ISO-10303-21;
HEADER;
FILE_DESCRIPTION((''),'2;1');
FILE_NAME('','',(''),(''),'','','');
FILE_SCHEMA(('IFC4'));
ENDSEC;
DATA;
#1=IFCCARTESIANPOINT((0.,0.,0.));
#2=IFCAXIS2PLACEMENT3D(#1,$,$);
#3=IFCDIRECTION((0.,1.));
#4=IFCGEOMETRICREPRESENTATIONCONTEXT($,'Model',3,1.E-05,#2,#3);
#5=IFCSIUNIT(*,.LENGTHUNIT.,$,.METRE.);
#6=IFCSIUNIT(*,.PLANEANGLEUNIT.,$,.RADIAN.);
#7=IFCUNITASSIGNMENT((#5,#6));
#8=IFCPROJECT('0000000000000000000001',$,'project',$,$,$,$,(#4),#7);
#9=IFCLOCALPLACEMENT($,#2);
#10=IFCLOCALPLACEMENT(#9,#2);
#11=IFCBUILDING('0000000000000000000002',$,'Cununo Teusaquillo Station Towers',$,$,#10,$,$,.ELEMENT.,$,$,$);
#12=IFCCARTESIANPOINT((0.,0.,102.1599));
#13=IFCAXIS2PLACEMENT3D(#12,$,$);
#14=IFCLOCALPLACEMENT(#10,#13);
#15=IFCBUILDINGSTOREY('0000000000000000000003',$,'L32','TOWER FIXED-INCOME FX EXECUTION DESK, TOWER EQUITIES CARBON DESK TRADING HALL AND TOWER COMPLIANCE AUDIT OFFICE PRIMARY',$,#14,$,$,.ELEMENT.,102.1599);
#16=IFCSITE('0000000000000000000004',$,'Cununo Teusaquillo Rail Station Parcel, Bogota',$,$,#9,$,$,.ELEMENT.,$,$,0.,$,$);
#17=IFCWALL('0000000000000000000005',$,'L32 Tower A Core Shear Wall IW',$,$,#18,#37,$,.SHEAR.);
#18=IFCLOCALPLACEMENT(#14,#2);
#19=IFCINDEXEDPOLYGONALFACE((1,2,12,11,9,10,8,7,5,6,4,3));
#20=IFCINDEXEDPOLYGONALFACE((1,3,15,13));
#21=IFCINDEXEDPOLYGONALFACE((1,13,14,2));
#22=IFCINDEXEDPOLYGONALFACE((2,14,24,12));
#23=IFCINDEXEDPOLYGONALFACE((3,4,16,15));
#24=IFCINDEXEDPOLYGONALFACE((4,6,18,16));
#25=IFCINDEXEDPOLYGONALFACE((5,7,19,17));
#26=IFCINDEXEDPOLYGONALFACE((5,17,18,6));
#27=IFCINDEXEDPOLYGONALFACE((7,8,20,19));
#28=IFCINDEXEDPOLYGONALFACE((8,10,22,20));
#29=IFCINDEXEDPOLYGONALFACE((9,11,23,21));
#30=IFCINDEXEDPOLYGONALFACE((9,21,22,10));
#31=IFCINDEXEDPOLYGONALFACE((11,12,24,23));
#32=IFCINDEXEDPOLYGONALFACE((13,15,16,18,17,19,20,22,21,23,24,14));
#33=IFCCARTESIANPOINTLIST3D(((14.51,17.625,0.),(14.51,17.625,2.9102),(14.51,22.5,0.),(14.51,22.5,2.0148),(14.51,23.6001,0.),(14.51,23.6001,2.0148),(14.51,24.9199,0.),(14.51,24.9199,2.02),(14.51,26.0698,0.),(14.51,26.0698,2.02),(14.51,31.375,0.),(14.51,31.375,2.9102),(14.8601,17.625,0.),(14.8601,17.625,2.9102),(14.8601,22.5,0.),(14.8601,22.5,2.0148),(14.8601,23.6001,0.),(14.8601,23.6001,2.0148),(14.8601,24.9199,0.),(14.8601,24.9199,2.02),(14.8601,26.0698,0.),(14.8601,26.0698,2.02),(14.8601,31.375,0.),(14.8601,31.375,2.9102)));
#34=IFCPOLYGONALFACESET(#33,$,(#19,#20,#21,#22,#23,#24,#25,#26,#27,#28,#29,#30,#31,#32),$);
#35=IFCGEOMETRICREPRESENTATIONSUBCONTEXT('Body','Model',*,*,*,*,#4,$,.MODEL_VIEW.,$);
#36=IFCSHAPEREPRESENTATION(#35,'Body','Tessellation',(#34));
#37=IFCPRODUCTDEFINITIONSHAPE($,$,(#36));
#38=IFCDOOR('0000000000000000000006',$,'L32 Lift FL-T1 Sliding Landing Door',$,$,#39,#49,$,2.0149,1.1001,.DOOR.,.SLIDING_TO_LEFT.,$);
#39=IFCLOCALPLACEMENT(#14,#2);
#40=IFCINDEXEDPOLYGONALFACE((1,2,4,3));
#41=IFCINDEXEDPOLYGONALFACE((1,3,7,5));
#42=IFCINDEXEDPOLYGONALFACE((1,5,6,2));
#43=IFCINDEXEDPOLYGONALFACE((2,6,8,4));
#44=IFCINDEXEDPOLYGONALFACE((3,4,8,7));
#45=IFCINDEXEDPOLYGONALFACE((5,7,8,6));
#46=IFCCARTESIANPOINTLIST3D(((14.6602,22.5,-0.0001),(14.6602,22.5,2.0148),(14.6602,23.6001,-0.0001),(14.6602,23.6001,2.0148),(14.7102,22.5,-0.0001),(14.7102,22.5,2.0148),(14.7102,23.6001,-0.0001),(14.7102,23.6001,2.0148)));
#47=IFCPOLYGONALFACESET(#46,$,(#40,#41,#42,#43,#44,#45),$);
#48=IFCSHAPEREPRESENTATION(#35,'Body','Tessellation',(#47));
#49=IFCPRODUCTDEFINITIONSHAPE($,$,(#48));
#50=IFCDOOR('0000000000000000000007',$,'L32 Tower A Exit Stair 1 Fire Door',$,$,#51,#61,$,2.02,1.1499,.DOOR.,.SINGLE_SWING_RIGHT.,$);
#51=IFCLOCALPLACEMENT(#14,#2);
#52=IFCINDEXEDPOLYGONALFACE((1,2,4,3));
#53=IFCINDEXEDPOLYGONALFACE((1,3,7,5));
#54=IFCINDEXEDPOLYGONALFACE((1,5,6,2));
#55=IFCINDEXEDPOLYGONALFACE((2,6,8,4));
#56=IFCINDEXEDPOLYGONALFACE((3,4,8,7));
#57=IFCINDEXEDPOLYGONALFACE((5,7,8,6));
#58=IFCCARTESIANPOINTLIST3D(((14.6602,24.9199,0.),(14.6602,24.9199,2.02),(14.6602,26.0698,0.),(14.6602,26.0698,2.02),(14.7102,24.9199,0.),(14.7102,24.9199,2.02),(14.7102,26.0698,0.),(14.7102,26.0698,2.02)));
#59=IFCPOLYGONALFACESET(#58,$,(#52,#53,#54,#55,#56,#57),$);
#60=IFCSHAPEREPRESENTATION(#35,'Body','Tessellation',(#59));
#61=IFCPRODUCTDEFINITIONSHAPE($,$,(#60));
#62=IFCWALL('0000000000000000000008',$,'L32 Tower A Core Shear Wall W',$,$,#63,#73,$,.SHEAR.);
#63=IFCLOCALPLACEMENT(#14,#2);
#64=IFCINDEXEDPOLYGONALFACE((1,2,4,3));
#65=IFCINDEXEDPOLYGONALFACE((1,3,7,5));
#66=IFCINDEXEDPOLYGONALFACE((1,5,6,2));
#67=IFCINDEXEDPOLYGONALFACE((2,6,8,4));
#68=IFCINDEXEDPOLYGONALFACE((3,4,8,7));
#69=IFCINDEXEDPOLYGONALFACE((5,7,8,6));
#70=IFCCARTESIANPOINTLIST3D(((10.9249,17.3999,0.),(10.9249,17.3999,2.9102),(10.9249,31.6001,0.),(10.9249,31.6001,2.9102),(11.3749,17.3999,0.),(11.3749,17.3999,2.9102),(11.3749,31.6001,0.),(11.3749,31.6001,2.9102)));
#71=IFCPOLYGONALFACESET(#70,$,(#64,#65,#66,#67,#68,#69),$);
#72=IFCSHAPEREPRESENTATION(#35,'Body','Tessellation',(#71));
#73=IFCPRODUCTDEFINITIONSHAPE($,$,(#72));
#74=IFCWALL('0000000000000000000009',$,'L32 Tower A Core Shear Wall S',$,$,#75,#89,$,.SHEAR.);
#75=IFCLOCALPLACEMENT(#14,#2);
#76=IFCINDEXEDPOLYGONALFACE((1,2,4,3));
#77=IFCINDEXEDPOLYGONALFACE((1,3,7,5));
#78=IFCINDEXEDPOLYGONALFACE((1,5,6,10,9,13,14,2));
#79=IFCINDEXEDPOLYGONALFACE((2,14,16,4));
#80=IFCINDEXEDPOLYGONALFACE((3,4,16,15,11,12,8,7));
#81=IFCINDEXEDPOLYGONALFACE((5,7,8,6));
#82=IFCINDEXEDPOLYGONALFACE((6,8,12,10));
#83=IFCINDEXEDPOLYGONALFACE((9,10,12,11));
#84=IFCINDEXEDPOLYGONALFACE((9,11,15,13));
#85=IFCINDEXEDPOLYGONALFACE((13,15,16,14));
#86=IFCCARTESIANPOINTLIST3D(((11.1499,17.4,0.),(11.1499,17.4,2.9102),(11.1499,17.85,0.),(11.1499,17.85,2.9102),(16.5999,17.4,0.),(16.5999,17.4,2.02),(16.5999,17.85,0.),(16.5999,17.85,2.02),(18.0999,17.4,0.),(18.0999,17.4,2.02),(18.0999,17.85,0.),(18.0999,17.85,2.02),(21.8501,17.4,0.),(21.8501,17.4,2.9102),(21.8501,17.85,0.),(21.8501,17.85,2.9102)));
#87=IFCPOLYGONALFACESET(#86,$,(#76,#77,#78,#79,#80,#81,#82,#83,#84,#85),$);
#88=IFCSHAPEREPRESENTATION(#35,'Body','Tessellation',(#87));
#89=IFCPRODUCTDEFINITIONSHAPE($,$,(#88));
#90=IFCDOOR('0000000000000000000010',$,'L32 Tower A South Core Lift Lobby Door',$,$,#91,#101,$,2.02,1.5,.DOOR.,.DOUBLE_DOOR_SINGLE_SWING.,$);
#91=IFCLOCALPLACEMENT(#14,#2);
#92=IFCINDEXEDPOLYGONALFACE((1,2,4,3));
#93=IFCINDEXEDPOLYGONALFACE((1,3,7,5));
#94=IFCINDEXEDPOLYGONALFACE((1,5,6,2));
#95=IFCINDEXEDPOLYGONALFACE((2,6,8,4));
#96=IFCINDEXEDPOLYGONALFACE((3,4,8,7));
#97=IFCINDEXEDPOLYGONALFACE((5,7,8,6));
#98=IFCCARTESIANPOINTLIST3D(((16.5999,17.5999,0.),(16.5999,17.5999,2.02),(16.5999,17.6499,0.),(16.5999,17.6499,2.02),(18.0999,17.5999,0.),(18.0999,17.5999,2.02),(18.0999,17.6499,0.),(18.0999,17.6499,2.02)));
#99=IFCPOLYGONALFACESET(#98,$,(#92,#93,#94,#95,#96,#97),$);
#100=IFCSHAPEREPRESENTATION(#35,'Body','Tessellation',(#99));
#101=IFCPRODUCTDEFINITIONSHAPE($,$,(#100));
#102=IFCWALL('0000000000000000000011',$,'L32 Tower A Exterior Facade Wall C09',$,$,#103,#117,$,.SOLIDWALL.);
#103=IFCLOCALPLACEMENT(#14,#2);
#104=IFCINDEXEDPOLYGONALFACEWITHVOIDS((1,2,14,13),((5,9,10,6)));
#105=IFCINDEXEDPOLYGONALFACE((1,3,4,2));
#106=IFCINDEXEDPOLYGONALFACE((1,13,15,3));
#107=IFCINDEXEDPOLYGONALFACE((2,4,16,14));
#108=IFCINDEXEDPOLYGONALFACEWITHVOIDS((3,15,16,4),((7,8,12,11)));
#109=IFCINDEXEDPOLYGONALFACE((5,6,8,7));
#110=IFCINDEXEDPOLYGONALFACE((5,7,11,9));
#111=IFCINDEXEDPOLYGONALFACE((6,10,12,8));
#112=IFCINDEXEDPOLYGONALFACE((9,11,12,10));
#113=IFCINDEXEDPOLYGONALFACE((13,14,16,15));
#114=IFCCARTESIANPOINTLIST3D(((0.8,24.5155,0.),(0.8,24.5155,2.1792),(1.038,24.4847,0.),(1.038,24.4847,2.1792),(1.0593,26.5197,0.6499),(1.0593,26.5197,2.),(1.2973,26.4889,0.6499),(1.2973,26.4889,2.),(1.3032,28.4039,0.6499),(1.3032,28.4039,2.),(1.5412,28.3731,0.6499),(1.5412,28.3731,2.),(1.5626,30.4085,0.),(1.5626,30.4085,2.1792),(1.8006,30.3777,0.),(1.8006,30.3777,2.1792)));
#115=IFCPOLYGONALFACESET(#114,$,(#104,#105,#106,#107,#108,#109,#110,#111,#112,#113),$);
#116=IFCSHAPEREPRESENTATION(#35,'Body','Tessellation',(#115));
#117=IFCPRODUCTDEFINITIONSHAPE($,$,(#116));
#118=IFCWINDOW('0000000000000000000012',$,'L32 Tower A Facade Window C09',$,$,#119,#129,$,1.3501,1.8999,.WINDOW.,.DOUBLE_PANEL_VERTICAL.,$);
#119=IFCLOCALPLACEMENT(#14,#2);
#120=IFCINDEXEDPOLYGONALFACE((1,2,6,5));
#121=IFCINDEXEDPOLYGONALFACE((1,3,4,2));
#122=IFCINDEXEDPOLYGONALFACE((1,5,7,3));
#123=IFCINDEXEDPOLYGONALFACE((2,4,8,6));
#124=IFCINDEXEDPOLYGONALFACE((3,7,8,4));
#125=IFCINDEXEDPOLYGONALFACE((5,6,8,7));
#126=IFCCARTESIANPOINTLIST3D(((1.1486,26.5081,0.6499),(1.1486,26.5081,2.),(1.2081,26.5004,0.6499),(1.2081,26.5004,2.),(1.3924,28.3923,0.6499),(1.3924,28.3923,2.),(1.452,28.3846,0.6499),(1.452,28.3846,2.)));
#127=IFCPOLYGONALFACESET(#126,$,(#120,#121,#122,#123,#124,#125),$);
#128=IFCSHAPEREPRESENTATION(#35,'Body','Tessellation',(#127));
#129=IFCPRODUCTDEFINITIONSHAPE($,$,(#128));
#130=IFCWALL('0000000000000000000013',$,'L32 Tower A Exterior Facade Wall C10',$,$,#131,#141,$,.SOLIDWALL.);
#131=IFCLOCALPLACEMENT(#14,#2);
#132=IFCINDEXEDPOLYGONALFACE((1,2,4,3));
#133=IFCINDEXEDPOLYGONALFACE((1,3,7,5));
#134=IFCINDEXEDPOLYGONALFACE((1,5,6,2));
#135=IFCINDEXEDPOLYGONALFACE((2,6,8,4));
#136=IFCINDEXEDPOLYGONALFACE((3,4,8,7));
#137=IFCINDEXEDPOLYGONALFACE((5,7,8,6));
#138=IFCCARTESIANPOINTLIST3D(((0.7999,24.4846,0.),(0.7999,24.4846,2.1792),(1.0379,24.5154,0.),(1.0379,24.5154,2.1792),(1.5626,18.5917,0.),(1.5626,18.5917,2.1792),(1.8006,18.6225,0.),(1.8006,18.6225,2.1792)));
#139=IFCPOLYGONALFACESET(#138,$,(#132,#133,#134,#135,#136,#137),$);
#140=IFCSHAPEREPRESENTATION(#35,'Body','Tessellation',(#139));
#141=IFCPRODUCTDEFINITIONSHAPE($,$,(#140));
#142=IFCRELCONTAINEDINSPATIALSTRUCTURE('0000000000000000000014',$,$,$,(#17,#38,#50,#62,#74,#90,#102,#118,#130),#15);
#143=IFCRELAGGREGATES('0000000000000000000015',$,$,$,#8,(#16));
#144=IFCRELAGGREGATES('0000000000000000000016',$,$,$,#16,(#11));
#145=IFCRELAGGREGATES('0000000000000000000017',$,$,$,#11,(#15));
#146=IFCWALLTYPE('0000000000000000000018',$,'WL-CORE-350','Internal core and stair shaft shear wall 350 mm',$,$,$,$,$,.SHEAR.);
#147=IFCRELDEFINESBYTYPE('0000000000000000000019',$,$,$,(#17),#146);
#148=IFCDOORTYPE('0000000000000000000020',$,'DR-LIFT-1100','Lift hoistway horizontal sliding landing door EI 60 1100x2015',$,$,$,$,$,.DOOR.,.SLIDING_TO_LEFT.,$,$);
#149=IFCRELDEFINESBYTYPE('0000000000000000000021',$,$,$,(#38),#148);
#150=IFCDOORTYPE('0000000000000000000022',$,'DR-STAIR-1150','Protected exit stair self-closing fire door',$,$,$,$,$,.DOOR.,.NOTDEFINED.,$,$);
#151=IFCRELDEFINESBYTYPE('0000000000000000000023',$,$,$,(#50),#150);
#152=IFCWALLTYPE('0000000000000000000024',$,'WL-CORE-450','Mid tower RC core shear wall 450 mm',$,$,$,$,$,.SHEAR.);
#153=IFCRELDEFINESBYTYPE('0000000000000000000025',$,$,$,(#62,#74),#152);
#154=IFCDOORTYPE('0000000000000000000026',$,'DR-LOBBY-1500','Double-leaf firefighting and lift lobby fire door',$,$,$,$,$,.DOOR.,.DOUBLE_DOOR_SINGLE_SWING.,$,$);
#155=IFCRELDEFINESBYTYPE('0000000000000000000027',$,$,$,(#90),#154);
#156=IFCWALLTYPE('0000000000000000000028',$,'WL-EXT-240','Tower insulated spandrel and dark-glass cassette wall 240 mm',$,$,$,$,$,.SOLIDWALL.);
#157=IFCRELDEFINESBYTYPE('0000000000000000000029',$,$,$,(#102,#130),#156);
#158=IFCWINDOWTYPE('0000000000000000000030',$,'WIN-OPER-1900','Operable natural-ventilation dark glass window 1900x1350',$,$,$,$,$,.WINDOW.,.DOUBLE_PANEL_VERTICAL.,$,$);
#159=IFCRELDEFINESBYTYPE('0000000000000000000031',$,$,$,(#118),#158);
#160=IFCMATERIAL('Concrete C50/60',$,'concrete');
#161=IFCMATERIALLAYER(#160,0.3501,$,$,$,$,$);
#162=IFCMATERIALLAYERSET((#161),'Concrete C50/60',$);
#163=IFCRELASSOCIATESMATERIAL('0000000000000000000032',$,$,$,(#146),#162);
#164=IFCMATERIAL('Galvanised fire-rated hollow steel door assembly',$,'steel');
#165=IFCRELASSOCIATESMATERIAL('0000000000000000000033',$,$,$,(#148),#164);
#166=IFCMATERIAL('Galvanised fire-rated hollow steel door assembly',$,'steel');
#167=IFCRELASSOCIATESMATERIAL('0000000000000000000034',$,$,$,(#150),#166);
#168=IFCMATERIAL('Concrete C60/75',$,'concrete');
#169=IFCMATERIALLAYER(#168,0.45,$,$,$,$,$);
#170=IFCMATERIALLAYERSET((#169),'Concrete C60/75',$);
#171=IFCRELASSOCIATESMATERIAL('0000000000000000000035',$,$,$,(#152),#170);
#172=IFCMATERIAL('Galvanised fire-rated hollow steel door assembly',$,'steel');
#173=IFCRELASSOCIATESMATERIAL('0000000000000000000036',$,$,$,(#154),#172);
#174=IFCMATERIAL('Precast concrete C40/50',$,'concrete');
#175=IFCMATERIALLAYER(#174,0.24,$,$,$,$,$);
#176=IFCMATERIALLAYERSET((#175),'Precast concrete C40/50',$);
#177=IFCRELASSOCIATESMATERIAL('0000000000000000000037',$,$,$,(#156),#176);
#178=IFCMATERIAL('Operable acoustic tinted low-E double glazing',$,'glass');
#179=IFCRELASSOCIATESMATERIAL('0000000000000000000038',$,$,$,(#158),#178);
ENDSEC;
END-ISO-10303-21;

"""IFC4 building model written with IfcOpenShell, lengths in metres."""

from ifc_helpers import new_model, si_unit, direction, frame, frame_2d, origin, place, context, subcontext, project, spatial, rectangle, extrude, source, transform, mapped, material, layer, layer_set, type_object, element, fill, save


model = new_model("IFC4")

# Units and contexts
model_context = context("Model", 3, precision=1e-05, world=origin(), true_north=direction((0.0, 1.0)))
body_context = subcontext(model_context, "Body", "Model", "MODEL_VIEW")
ifc_project = project(units=[si_unit("LENGTHUNIT", "METRE"), si_unit("PLANEANGLEUNIT", "RADIAN")], contexts=[model_context])

# Site, building, storey
site_placement = place(None, origin())
site = spatial("IfcSite", under=ifc_project, at=site_placement, Name="Cununo Teusaquillo Rail Station Parcel, Bogota", CompositionType="ELEMENT", RefElevation=0.0)
building_placement = place(site_placement, origin())
building = spatial("IfcBuilding", under=site, at=building_placement, Name="Cununo Teusaquillo Station Towers", CompositionType="ELEMENT")
storey_placement = place(building_placement, frame((0.0, 0.0, 102.1599)))
storey = spatial("IfcBuildingStorey", under=building, at=storey_placement, Name="L32", Description="TOWER FIXED-INCOME FX EXECUTION DESK, TOWER EQUITIES CARBON DESK TRADING HALL AND TOWER COMPLIANCE AUDIT OFFICE PRIMARY", CompositionType="ELEMENT", Elevation=102.1599)

# Wall, openings, doors
ifc_material_1 = material(Name="Concrete C50/60", Category="concrete")
ifc_layer_1 = layer(ifc_material_1, 0.3501)
ifc_layer_set_1 = layer_set([ifc_layer_1], Name="Concrete C50/60")
wall_type_1 = type_object("IfcWallType", Name="WL-CORE-350", Description="Internal core and stair shaft shear wall 350 mm", PredefinedType="SHEAR", material=ifc_layer_set_1)
wall_1_placement = place(storey_placement, frame((14.6851, 17.625, 0.0), z_axis=(0.0, 0.0, 1.0), x_axis=(0.0, 1.0, 0.0)))
wall_1 = element("IfcWall", 1, at=wall_1_placement, inside=storey, type_object=wall_type_1, Name="L32 Tower A Core Shear Wall IW", PredefinedType="SHEAR", context=body_context, shape_type="SweptSolid", body=[
    extrude(rectangle(XDim=13.75, YDim=0.3501, at=frame_2d((6.875, 0.0))), origin(), (0.0, 0.0, 1.0), 2.9102),
])
shared_shape_1 = source(origin(), body_context, "Body", "SweptSolid", [
    extrude(rectangle(XDim=1.1001, YDim=2.0149, at=frame_2d((0.55, 1.0073))), frame((0.0, 0.1851, 0.0), z_axis=(0.0, -1.0, 0.0), x_axis=(1.0, 0.0, 0.0)), (0.0, 0.0, 1.0), 0.3701),
])
opening_1_placement = place(wall_1_placement, frame((4.875, 0.0, 0.0)))
opening_1 = element("IfcOpeningElement", 2, at=opening_1_placement, cuts=wall_1, PredefinedType="OPENING", context=body_context, shape_type="MappedRepresentation", body=[
    mapped(shared_shape_1, transform((0.0, 0.0, 0.0), x_axis=(1.0, 0.0, 0.0), y_axis=(0.0, 1.0, 0.0), z_axis=(0.0, 0.0, 1.0), scale=1.0)),
])
shared_shape_2 = source(origin(), body_context, "Body", "SweptSolid", [
    extrude(rectangle(XDim=1.1499, YDim=2.02, at=frame_2d((0.575, 1.01))), frame((0.0, 0.1851, 0.0), z_axis=(0.0, -1.0, 0.0), x_axis=(1.0, 0.0, 0.0)), (0.0, 0.0, 1.0), 0.3701),
])
opening_2_placement = place(wall_1_placement, frame((7.2949, 0.0, 0.0)))
opening_2 = element("IfcOpeningElement", 3, at=opening_2_placement, cuts=wall_1, PredefinedType="OPENING", context=body_context, shape_type="MappedRepresentation", body=[
    mapped(shared_shape_2, transform((0.0, 0.0, 0.0), x_axis=(1.0, 0.0, 0.0), y_axis=(0.0, 1.0, 0.0), z_axis=(0.0, 0.0, 1.0), scale=1.0)),
])
ifc_material_2 = material(Name="Galvanised fire-rated hollow steel door assembly", Category="steel")
door_type_1 = type_object("IfcDoorType", Name="DR-LIFT-1100", Description="Lift hoistway horizontal sliding landing door EI 60 1100x2015", OperationType="SLIDING_TO_LEFT", PredefinedType="DOOR", material=ifc_material_2)
shared_shape_3 = source(origin(), body_context, "Body", "SweptSolid", [
    extrude(rectangle(XDim=1.1001, YDim=2.0149, at=frame_2d((0.55, 1.0073))), frame((0.0, 0.0249, 0.0), z_axis=(0.0, -1.0, 0.0), x_axis=(1.0, 0.0, 0.0)), (0.0, 0.0, 1.0), 0.05),
])
door_1_placement = place(opening_1_placement, origin())
door_1 = element("IfcDoor", 4, at=door_1_placement, inside=storey, type_object=door_type_1, Name="L32 Lift FL-T1 Sliding Landing Door", OperationType="SLIDING_TO_LEFT", OverallHeight=2.0149, OverallWidth=1.1001, PredefinedType="DOOR", context=body_context, shape_type="MappedRepresentation", body=[
    mapped(shared_shape_3, transform((0.0, 0.0, 0.0), x_axis=(1.0, 0.0, 0.0), y_axis=(0.0, 1.0, 0.0), z_axis=(0.0, 0.0, 1.0), scale=1.0)),
])
fill(opening_1, door_1)
ifc_material_3 = material(Name="Galvanised fire-rated hollow steel door assembly", Category="steel")
door_type_2 = type_object("IfcDoorType", Name="DR-STAIR-1150", Description="Protected exit stair self-closing fire door", OperationType="NOTDEFINED", PredefinedType="DOOR", material=ifc_material_3)
shared_shape_4 = source(origin(), body_context, "Body", "SweptSolid", [
    extrude(rectangle(XDim=1.1499, YDim=2.02, at=frame_2d((0.575, 1.01))), frame((0.0, 0.0249, 0.0), z_axis=(0.0, -1.0, 0.0), x_axis=(1.0, 0.0, 0.0)), (0.0, 0.0, 1.0), 0.05),
])
door_2_placement = place(opening_2_placement, origin())
door_2 = element("IfcDoor", 5, at=door_2_placement, inside=storey, type_object=door_type_2, Name="L32 Tower A Exit Stair 1 Fire Door", OperationType="SINGLE_SWING_RIGHT", OverallHeight=2.02, OverallWidth=1.1499, PredefinedType="DOOR", context=body_context, shape_type="MappedRepresentation", body=[
    mapped(shared_shape_4, transform((0.0, 0.0, 0.0), x_axis=(1.0, 0.0, 0.0), y_axis=(0.0, 1.0, 0.0), z_axis=(0.0, 0.0, 1.0), scale=1.0)),
])
fill(opening_2, door_2)

# Wall
ifc_material_4 = material(Name="Concrete C60/75", Category="concrete")
ifc_layer_2 = layer(ifc_material_4, 0.45)
ifc_layer_set_2 = layer_set([ifc_layer_2], Name="Concrete C60/75")
wall_type_2 = type_object("IfcWallType", Name="WL-CORE-450", Description="Mid tower RC core shear wall 450 mm", PredefinedType="SHEAR", material=ifc_layer_set_2)
wall_2_placement = place(storey_placement, frame((11.1499, 17.3999, 0.0), z_axis=(0.0, 0.0, 1.0), x_axis=(0.0, 1.0, 0.0)))
element("IfcWall", 6, at=wall_2_placement, inside=storey, type_object=wall_type_2, Name="L32 Tower A Core Shear Wall W", PredefinedType="SHEAR", context=body_context, shape_type="SweptSolid", body=[
    extrude(rectangle(XDim=14.2002, YDim=0.45, at=frame_2d((7.1001, 0.0))), origin(), (0.0, 0.0, 1.0), 2.9102),
])

# Wall, opening, door
wall_3_placement = place(storey_placement, frame((11.1499, 17.625, 0.0), z_axis=(0.0, 0.0, 1.0), x_axis=(1.0, 0.0, 0.0)))
wall_3 = element("IfcWall", 7, at=wall_3_placement, inside=storey, type_object=wall_type_2, Name="L32 Tower A Core Shear Wall S", PredefinedType="SHEAR", context=body_context, shape_type="SweptSolid", body=[
    extrude(rectangle(XDim=10.7002, YDim=0.45, at=frame_2d((5.3501, 0.0))), origin(), (0.0, 0.0, 1.0), 2.9102),
])
shared_shape_5 = source(origin(), body_context, "Body", "SweptSolid", [
    extrude(rectangle(XDim=1.5, YDim=2.02, at=frame_2d((0.75, 1.01))), frame((0.0, 0.2349, 0.0), z_axis=(0.0, -1.0, 0.0), x_axis=(1.0, 0.0, 0.0)), (0.0, 0.0, 1.0), 0.47),
])
opening_3_placement = place(wall_3_placement, frame((5.45, 0.0, 0.0)))
opening_3 = element("IfcOpeningElement", 8, at=opening_3_placement, cuts=wall_3, PredefinedType="OPENING", context=body_context, shape_type="MappedRepresentation", body=[
    mapped(shared_shape_5, transform((0.0, 0.0, 0.0), x_axis=(1.0, 0.0, 0.0), y_axis=(0.0, 1.0, 0.0), z_axis=(0.0, 0.0, 1.0), scale=1.0)),
])
ifc_material_5 = material(Name="Galvanised fire-rated hollow steel door assembly", Category="steel")
door_type_3 = type_object("IfcDoorType", Name="DR-LOBBY-1500", Description="Double-leaf firefighting and lift lobby fire door", OperationType="DOUBLE_DOOR_SINGLE_SWING", PredefinedType="DOOR", material=ifc_material_5)
shared_shape_6 = source(origin(), body_context, "Body", "SweptSolid", [
    extrude(rectangle(XDim=1.5, YDim=2.02, at=frame_2d((0.75, 1.01))), frame((0.0, 0.0249, 0.0), z_axis=(0.0, -1.0, 0.0), x_axis=(1.0, 0.0, 0.0)), (0.0, 0.0, 1.0), 0.05),
])
door_3_placement = place(opening_3_placement, origin())
door_3 = element("IfcDoor", 9, at=door_3_placement, inside=storey, type_object=door_type_3, Name="L32 Tower A South Core Lift Lobby Door", OperationType="DOUBLE_DOOR_SINGLE_SWING", OverallHeight=2.02, OverallWidth=1.5, PredefinedType="DOOR", context=body_context, shape_type="MappedRepresentation", body=[
    mapped(shared_shape_6, transform((0.0, 0.0, 0.0), x_axis=(1.0, 0.0, 0.0), y_axis=(0.0, 1.0, 0.0), z_axis=(0.0, 0.0, 1.0), scale=1.0)),
])
fill(opening_3, door_3)

# Wall, opening, window
ifc_material_6 = material(Name="Precast concrete C40/50", Category="concrete")
ifc_layer_3 = layer(ifc_material_6, 0.24)
ifc_layer_set_3 = layer_set([ifc_layer_3], Name="Precast concrete C40/50")
wall_type_3 = type_object("IfcWallType", Name="WL-EXT-240", Description="Tower insulated spandrel and dark-glass cassette wall 240 mm", PredefinedType="SOLIDWALL", material=ifc_layer_set_3)
wall_4_placement = place(storey_placement, frame((0.9189, 24.5, 0.0), z_axis=(0.0, 0.0, 1.0), x_axis=(0.128352, 0.991729, 0.0)))
wall_4 = element("IfcWall", 10, at=wall_4_placement, inside=storey, type_object=wall_type_3, Name="L32 Tower A Exterior Facade Wall C09", PredefinedType="SOLIDWALL", context=body_context, shape_type="SweptSolid", body=[
    extrude(rectangle(XDim=5.9421, YDim=0.24, at=frame_2d((2.9712, 0.0))), origin(), (0.0, 0.0, 1.0), 2.1792),
])
shared_shape_7 = source(origin(), body_context, "Body", "SweptSolid", [
    extrude(rectangle(XDim=1.8999, YDim=1.3501, at=frame_2d((0.95, 0.675))), frame((0.0, 0.1299, 0.0), z_axis=(0.0, -1.0, 0.0), x_axis=(1.0, 0.0, 0.0)), (0.0, 0.0, 1.0), 0.26),
])
opening_4_placement = place(wall_4_placement, frame((2.021, 0.0, 0.6499)))
opening_4 = element("IfcOpeningElement", 11, at=opening_4_placement, cuts=wall_4, PredefinedType="OPENING", context=body_context, shape_type="MappedRepresentation", body=[
    mapped(shared_shape_7, transform((0.0, 0.0, 0.0), x_axis=(1.0, 0.0, 0.0), y_axis=(0.0, 1.0, 0.0), z_axis=(0.0, 0.0, 1.0), scale=1.0)),
])
ifc_material_7 = material(Name="Operable acoustic tinted low-E double glazing", Category="glass")
window_type = type_object("IfcWindowType", Name="WIN-OPER-1900", Description="Operable natural-ventilation dark glass window 1900x1350", PartitioningType="DOUBLE_PANEL_VERTICAL", PredefinedType="WINDOW", material=ifc_material_7)
shared_shape_8 = source(origin(), body_context, "Body", "SweptSolid", [
    extrude(rectangle(XDim=1.8999, YDim=1.3501, at=frame_2d((0.95, 0.675))), frame((0.0, 0.03, 0.0), z_axis=(0.0, -1.0, 0.0), x_axis=(1.0, 0.0, 0.0)), (0.0, 0.0, 1.0), 0.0601),
])
window_placement = place(opening_4_placement, origin())
window = element("IfcWindow", 12, at=window_placement, inside=storey, type_object=window_type, Name="L32 Tower A Facade Window C09", OverallHeight=1.3501, OverallWidth=1.8999, PartitioningType="DOUBLE_PANEL_VERTICAL", PredefinedType="WINDOW", context=body_context, shape_type="MappedRepresentation", body=[
    mapped(shared_shape_8, transform((0.0, 0.0, 0.0), x_axis=(1.0, 0.0, 0.0), y_axis=(0.0, 1.0, 0.0), z_axis=(0.0, 0.0, 1.0), scale=1.0)),
])
fill(opening_4, window)

# Wall
wall_5_placement = place(storey_placement, frame((1.6816, 18.6069, 0.0), z_axis=(0.0, 0.0, 1.0), x_axis=(-0.128352, 0.991729, 0.0)))
element("IfcWall", 13, at=wall_5_placement, inside=storey, type_object=wall_type_3, Name="L32 Tower A Exterior Facade Wall C10", PredefinedType="SOLIDWALL", context=body_context, shape_type="SweptSolid", body=[
    extrude(rectangle(XDim=5.9421, YDim=0.24, at=frame_2d((2.9712, 0.0))), origin(), (0.0, 0.0, 1.0), 2.1792),
])

save(model, "model.ifc")
